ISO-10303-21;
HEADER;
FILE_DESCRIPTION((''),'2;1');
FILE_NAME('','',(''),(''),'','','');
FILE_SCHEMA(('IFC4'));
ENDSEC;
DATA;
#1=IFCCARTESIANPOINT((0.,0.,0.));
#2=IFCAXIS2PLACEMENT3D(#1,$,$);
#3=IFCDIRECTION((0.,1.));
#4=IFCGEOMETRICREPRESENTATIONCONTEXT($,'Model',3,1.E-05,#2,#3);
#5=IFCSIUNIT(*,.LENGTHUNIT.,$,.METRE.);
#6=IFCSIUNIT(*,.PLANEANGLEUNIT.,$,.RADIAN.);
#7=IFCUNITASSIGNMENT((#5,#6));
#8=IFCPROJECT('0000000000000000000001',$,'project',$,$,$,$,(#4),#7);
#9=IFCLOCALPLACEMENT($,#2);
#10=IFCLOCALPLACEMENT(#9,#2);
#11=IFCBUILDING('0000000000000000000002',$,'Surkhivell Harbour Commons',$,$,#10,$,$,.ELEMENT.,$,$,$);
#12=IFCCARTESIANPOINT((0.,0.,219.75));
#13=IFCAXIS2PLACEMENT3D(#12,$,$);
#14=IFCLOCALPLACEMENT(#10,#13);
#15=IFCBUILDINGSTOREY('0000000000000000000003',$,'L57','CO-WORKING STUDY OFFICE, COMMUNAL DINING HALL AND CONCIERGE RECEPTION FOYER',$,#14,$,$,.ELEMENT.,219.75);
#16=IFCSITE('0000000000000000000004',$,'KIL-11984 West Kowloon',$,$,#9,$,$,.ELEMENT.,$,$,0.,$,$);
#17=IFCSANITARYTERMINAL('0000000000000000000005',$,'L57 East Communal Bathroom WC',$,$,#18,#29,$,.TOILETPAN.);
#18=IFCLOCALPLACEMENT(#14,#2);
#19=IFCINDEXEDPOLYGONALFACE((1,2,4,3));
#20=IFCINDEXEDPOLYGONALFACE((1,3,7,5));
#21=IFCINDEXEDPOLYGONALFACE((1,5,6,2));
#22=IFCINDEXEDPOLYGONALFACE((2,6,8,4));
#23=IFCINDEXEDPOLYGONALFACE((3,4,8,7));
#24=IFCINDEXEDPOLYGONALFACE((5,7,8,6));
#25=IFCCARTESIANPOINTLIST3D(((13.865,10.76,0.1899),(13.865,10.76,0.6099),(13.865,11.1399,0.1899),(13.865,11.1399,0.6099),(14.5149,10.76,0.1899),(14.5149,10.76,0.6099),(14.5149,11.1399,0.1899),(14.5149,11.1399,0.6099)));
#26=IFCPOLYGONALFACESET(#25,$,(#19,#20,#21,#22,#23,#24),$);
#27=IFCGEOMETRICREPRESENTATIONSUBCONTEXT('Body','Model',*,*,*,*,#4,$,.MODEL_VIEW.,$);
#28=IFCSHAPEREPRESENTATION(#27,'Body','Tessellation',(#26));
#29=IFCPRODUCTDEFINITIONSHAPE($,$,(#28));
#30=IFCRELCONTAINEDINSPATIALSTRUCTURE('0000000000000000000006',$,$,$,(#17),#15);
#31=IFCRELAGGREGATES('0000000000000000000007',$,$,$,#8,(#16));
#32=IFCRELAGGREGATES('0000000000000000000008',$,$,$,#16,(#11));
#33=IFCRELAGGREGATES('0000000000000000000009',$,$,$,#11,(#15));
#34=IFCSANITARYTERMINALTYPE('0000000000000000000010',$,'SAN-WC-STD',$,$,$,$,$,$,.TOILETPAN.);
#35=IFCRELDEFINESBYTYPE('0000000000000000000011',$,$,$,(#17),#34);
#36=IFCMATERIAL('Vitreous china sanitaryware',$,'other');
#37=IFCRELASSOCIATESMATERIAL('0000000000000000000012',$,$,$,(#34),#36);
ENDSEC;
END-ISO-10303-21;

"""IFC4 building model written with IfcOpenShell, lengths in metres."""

from ifc_helpers import new_model, si_unit, direction, frame, origin, origin_2d, place, context, subcontext, project, spatial, rectangle, extrude, material, type_object, element, save


model = new_model("IFC4")

# Units and contexts
model_context = context("Model", 3, precision=1e-05, world=origin(), true_north=direction((0.0, 1.0)))
body_context = subcontext(model_context, "Body", "Model", "MODEL_VIEW")
ifc_project = project(units=[si_unit("LENGTHUNIT", "METRE"), si_unit("PLANEANGLEUNIT", "RADIAN")], contexts=[model_context])

# Site, building, storey
site_placement = place(None, origin())
site = spatial("IfcSite", under=ifc_project, at=site_placement, Name="KIL-11984 West Kowloon", CompositionType="ELEMENT", RefElevation=0.0)
building_placement = place(site_placement, origin())
building = spatial("IfcBuilding", under=site, at=building_placement, Name="Surkhivell Harbour Commons", CompositionType="ELEMENT")
storey_placement = place(building_placement, frame((0.0, 0.0, 219.75)))
storey = spatial("IfcBuildingStorey", under=building, at=storey_placement, Name="L57", Description="CO-WORKING STUDY OFFICE, COMMUNAL DINING HALL AND CONCIERGE RECEPTION FOYER", CompositionType="ELEMENT", Elevation=219.75)

# Sanitary terminal
ifc_material_1 = material(Name="Vitreous china sanitaryware", Category="other")
sanitary_terminal_type_1 = type_object("IfcSanitaryTerminalType", Name="SAN-WC-STD", PredefinedType="TOILETPAN", material=ifc_material_1)
sanitary_terminal_1_placement = place(storey_placement, frame((14.1899, 10.95, 0.1899), z_axis=(0.0, 0.0, 1.0), x_axis=(1.0, 0.0, 0.0)))
element("IfcSanitaryTerminal", 1, at=sanitary_terminal_1_placement, inside=storey, type_object=sanitary_terminal_type_1, Name="L57 East Communal Bathroom WC", PredefinedType="TOILETPAN", context=body_context, shape_type="SweptSolid", body=[
    extrude(rectangle(XDim=0.6499, YDim=0.3799, at=origin_2d()), origin(), (0.0, 0.0, 1.0), 0.4199),
])

save(model, "model.ifc")
